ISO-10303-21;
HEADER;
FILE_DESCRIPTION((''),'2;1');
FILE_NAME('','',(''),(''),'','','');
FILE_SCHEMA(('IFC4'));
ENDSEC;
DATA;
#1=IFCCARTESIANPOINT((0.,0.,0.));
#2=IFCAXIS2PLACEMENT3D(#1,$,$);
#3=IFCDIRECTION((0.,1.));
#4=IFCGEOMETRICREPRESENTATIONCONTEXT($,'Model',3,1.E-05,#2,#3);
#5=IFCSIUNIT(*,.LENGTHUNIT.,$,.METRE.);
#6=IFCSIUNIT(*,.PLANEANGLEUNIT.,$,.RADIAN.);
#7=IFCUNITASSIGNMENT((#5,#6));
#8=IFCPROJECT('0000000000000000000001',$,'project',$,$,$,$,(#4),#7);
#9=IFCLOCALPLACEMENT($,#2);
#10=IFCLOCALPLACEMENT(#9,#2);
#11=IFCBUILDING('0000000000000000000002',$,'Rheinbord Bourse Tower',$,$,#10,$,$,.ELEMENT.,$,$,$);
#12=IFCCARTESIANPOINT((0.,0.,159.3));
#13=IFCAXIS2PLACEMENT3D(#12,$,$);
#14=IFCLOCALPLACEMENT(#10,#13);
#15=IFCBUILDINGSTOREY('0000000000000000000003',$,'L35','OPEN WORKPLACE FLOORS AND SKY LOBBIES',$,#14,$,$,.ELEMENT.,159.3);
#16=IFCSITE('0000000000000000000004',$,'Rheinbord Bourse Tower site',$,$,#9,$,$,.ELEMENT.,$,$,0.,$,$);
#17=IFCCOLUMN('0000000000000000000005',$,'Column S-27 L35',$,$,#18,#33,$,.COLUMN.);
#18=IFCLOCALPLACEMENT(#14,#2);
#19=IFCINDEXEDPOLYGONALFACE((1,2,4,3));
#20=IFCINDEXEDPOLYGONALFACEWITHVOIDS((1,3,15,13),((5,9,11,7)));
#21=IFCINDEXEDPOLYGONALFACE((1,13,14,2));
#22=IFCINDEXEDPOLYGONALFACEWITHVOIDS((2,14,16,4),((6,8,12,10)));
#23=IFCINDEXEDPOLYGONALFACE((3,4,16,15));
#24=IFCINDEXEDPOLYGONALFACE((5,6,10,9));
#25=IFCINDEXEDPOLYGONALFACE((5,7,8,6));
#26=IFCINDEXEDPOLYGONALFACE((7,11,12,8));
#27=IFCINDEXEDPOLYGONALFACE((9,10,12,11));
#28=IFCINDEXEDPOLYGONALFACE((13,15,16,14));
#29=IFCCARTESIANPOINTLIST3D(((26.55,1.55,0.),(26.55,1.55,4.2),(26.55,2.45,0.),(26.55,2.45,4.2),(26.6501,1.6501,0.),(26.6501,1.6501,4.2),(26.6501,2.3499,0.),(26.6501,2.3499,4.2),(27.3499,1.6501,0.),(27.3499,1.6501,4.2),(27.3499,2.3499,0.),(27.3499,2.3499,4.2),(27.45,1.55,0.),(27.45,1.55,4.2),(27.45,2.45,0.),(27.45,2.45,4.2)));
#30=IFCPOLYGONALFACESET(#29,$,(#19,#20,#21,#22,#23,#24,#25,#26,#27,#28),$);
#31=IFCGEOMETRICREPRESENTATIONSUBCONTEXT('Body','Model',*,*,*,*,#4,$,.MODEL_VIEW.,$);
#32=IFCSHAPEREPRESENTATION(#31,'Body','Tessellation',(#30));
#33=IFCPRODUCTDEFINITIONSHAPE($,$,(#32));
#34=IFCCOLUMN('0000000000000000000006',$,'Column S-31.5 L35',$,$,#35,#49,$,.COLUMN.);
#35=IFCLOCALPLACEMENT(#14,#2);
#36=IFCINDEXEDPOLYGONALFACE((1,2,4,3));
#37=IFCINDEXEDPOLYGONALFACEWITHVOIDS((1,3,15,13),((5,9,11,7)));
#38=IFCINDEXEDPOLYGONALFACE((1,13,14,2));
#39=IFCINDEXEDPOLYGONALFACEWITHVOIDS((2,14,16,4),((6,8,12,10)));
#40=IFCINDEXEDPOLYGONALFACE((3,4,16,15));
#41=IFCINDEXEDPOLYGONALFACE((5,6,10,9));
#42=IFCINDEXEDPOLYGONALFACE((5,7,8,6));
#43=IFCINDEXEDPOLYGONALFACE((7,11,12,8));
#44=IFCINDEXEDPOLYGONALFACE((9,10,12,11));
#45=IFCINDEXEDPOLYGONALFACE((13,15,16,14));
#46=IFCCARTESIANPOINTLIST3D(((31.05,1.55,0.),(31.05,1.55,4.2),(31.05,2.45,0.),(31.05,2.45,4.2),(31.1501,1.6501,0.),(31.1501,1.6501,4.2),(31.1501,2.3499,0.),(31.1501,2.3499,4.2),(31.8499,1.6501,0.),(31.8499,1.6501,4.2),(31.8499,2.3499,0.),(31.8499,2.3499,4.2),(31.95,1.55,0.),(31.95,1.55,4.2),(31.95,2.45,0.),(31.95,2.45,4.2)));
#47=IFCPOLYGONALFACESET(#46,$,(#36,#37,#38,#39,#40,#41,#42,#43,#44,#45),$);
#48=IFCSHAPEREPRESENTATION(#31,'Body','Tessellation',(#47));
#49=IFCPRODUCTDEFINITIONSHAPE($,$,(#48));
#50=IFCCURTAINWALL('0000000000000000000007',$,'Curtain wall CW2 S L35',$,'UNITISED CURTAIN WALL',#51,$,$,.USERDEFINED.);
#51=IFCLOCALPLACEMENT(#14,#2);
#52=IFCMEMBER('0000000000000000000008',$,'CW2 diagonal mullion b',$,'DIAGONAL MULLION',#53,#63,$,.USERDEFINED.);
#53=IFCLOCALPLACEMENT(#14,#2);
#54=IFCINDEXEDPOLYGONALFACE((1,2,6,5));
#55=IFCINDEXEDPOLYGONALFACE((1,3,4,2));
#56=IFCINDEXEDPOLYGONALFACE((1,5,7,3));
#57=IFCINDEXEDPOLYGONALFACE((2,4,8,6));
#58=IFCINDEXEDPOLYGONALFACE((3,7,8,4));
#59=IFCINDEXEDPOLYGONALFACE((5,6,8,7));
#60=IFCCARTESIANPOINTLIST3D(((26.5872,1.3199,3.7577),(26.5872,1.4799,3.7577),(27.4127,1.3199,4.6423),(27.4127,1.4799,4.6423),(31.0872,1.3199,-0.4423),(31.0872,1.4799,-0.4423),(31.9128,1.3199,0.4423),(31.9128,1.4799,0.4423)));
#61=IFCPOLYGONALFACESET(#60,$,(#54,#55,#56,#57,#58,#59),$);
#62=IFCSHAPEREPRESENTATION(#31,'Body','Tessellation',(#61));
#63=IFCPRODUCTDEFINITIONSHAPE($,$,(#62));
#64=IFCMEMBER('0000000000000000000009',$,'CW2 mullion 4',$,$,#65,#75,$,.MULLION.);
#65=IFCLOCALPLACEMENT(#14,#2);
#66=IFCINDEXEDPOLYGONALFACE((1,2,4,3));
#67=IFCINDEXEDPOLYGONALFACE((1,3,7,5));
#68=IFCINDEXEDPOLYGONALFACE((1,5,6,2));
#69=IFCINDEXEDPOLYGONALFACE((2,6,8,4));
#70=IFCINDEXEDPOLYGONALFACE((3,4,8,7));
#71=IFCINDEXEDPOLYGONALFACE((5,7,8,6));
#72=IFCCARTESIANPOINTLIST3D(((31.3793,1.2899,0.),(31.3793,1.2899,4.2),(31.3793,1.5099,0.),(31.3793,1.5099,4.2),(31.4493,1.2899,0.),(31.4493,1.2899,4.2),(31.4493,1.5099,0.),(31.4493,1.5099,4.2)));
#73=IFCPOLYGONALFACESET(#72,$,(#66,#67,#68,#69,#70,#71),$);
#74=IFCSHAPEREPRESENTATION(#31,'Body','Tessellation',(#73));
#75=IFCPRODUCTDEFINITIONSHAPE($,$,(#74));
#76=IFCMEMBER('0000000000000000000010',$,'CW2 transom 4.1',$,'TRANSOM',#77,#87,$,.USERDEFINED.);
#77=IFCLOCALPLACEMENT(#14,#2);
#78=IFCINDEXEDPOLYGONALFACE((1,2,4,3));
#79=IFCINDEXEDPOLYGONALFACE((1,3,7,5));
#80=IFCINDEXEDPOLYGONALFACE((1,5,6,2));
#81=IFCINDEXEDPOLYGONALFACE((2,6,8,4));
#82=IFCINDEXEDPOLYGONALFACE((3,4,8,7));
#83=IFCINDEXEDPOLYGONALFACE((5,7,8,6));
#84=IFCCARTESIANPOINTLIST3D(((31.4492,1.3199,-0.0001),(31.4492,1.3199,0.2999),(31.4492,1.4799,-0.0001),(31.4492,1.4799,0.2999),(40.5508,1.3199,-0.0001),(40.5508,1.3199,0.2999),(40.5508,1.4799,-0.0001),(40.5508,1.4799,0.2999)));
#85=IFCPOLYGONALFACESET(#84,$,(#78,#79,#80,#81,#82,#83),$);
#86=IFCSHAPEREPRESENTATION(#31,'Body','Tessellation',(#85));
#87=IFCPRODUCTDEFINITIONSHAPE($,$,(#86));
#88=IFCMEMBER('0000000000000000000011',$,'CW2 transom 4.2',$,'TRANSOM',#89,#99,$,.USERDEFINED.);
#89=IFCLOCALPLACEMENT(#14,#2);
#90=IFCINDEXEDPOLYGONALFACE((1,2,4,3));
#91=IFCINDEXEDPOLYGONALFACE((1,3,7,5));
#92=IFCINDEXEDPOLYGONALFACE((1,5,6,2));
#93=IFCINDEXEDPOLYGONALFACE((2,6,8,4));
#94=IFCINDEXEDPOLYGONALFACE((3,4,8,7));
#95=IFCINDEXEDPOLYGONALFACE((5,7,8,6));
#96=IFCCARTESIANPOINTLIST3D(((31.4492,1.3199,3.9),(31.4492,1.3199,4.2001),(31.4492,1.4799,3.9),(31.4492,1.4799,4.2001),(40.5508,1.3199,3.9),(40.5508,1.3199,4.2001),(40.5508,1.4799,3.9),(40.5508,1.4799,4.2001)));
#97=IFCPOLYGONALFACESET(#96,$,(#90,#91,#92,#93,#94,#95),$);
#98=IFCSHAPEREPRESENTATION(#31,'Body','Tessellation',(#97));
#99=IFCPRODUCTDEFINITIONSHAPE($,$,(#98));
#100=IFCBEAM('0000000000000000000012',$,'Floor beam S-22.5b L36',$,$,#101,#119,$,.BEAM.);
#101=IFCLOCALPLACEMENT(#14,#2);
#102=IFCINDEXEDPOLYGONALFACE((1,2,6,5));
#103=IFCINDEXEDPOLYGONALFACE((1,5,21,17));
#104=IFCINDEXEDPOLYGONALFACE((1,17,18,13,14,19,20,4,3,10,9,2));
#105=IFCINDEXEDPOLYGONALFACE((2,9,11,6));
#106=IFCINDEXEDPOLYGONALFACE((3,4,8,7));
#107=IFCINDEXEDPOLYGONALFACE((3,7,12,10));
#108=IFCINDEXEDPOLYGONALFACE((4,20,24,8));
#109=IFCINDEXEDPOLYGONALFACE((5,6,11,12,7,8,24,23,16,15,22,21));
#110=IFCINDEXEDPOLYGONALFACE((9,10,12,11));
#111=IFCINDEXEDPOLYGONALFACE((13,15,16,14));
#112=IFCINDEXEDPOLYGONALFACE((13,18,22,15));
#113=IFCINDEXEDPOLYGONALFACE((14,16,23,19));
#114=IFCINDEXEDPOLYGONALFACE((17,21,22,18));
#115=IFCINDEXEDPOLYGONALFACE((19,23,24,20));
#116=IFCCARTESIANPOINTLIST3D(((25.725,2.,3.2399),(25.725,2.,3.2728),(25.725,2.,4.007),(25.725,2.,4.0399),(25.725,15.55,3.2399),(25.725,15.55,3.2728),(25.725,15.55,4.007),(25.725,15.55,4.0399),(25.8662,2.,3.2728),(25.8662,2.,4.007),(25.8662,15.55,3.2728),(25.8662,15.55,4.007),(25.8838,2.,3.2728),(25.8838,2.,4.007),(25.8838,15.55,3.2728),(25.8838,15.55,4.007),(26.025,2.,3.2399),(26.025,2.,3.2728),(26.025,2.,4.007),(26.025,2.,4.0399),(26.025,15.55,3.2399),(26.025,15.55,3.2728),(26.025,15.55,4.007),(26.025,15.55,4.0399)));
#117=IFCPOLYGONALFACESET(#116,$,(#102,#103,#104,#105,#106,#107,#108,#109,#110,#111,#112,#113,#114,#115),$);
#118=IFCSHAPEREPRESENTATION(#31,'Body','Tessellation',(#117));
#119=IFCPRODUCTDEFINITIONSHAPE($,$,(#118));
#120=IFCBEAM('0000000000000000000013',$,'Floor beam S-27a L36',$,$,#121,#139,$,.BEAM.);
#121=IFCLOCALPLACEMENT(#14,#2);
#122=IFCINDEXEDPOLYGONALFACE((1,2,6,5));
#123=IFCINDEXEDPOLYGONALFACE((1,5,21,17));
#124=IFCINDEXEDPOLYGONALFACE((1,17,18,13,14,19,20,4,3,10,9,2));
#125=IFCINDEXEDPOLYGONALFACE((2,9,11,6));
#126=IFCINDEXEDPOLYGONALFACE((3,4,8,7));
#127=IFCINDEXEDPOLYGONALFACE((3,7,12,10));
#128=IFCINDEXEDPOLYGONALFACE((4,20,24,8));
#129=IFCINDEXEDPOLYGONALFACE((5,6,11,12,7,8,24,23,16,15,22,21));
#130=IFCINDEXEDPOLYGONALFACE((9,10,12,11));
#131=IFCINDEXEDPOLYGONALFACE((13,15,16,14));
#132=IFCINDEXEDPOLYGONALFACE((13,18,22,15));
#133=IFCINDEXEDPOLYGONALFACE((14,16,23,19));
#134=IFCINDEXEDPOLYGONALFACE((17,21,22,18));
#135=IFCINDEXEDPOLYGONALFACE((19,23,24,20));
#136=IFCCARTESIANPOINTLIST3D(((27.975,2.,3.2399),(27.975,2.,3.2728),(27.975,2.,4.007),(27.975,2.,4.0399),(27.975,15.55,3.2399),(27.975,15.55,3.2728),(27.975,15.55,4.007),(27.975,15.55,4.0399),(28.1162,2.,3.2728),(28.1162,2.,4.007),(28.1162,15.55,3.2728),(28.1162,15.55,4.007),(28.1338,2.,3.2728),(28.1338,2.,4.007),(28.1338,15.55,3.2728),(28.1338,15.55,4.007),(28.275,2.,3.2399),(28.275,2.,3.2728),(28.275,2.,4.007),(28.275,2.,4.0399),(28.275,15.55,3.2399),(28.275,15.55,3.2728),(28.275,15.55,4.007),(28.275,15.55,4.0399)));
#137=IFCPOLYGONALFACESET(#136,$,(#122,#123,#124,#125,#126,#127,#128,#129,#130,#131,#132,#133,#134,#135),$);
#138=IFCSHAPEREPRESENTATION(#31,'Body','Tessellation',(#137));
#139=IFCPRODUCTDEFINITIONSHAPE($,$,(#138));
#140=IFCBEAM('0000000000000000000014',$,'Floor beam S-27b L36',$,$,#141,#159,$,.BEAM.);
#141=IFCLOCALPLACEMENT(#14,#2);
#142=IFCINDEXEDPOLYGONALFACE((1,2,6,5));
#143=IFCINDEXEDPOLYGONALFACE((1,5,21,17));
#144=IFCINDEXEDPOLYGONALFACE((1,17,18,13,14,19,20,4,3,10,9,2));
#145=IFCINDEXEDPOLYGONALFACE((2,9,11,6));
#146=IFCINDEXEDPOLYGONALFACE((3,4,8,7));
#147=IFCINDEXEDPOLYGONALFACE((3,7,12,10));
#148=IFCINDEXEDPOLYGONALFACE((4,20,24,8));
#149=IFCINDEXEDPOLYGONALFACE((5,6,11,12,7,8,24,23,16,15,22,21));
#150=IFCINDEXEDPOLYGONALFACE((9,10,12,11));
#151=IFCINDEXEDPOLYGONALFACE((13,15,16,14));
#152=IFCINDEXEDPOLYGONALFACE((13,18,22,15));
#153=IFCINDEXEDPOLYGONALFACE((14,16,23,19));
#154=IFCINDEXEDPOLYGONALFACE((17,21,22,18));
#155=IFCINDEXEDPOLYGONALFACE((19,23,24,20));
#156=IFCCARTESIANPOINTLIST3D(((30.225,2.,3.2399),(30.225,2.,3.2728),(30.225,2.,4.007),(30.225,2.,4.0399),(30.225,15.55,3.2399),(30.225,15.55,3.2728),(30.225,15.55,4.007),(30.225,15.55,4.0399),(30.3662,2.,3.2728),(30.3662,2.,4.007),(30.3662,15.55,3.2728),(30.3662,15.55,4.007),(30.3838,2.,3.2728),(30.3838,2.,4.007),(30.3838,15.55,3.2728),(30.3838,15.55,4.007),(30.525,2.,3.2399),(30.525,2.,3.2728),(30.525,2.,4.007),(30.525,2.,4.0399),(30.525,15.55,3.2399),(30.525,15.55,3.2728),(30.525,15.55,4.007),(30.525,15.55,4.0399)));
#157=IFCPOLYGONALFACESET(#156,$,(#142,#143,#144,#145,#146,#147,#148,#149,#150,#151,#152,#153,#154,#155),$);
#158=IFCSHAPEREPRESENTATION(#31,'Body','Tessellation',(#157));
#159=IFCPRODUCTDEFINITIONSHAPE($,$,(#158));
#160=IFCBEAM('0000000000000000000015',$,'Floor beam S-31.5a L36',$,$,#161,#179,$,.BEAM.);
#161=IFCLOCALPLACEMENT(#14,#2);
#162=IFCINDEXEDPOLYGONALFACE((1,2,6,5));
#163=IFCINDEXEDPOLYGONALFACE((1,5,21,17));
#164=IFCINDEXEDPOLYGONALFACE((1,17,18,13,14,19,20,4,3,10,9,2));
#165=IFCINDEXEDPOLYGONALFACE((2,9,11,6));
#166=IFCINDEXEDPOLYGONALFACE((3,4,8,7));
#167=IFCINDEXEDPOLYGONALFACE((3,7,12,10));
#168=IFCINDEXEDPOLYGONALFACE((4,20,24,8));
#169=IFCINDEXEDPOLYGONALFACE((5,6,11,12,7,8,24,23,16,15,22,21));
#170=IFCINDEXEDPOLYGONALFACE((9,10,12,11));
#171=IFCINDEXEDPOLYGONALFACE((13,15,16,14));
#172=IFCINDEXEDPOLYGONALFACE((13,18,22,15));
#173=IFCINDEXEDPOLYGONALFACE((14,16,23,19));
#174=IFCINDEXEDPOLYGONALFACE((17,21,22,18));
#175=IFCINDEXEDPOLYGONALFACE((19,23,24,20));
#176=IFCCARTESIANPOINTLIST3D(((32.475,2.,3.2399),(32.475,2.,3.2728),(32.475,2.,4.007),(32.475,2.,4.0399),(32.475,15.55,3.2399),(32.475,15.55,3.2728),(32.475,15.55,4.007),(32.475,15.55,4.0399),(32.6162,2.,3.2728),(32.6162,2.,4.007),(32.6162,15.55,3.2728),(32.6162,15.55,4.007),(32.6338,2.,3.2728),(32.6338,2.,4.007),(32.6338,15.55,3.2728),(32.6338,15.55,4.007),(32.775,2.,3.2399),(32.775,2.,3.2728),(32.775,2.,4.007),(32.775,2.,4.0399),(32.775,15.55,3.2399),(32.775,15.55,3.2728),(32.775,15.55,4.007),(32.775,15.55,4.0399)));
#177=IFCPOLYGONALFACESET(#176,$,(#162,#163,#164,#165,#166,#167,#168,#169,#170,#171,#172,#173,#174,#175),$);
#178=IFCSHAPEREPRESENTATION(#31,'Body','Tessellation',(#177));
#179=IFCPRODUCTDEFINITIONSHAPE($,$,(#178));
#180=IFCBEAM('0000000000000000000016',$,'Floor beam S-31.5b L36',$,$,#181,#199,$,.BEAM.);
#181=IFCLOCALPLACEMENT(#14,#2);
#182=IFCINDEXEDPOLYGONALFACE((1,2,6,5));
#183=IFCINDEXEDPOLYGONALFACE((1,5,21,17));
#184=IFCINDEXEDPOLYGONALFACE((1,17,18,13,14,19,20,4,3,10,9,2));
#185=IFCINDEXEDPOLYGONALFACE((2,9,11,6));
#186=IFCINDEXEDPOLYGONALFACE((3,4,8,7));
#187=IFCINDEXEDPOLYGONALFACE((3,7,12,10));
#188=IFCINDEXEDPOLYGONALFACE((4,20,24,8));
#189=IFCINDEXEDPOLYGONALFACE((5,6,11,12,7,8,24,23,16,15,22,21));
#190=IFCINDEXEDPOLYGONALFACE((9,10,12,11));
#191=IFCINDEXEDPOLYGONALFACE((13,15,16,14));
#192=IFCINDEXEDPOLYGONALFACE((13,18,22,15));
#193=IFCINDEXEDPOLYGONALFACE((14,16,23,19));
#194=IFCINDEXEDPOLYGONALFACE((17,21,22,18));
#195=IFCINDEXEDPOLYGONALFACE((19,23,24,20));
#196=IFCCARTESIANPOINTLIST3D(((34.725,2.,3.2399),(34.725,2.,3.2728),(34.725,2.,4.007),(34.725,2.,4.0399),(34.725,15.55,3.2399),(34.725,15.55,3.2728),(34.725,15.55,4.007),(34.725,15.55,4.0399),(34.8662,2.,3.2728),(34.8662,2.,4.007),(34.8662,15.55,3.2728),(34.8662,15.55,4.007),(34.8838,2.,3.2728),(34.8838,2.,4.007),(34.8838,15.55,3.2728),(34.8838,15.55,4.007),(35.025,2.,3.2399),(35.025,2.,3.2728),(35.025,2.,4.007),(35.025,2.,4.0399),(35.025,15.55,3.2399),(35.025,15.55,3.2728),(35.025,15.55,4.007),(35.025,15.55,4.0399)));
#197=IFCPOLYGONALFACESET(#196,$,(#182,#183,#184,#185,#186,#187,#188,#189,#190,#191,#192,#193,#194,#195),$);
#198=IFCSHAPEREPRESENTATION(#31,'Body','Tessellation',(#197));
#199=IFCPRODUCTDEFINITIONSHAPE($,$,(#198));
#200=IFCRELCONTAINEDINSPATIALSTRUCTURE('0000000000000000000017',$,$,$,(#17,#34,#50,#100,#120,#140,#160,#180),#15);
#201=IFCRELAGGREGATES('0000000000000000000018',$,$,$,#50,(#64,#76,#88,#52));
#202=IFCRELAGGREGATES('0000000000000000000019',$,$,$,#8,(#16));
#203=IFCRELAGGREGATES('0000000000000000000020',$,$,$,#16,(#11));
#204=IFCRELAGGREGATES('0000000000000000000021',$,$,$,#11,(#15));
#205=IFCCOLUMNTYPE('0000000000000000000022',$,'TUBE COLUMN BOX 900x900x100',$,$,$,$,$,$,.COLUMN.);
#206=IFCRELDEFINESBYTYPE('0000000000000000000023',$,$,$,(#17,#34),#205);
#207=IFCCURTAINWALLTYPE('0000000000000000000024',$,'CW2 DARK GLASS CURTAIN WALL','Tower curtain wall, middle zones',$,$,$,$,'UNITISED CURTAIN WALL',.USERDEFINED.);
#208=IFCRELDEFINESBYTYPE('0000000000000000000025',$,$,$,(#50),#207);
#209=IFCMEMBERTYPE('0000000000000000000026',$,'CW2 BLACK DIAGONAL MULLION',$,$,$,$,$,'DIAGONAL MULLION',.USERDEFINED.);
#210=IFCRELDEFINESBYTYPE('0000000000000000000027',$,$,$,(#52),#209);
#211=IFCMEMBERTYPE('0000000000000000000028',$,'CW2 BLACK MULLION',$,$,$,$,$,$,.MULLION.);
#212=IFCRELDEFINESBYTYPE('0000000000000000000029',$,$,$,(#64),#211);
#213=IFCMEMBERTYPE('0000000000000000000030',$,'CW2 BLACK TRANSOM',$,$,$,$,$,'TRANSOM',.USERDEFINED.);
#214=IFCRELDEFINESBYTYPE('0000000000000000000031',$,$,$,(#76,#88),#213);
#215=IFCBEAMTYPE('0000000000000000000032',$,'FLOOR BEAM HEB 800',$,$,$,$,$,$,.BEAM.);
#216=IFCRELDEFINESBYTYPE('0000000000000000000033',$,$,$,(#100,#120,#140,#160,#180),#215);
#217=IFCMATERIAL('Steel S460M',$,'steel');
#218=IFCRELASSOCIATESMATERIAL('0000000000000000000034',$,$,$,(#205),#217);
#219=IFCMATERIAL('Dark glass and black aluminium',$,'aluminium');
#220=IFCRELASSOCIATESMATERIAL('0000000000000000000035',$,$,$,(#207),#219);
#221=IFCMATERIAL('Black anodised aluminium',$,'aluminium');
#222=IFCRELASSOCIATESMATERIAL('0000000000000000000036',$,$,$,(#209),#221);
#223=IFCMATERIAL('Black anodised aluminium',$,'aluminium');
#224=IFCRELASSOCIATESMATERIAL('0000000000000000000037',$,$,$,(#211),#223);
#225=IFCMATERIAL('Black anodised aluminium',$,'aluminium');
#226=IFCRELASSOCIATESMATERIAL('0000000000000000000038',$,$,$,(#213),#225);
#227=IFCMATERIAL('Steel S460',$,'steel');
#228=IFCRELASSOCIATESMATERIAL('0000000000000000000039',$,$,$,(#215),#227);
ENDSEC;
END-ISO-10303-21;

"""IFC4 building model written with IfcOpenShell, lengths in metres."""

from ifc_helpers import new_model, si_unit, direction, frame, origin, origin_2d, place, context, subcontext, project, spatial, rectangle, hollow_rectangle, i_section, extrude, material, material_profile, profile_set, type_object, element, aggregate, save


model = new_model("IFC4")

# Units and contexts
model_context = context("Model", 3, precision=1e-05, world=origin(), true_north=direction((0.0, 1.0)))
body_context = subcontext(model_context, "Body", "Model", "MODEL_VIEW")
ifc_project = project(units=[si_unit("LENGTHUNIT", "METRE"), si_unit("PLANEANGLEUNIT", "RADIAN")], contexts=[model_context])

# Site, building, storey
site_placement = place(None, origin())
site = spatial("IfcSite", under=ifc_project, at=site_placement, Name="Rheinbord Bourse Tower site", CompositionType="ELEMENT", RefElevation=0.0)
building_placement = place(site_placement, origin())
building = spatial("IfcBuilding", under=site, at=building_placement, Name="Rheinbord Bourse Tower", CompositionType="ELEMENT")
storey_placement = place(building_placement, frame((0.0, 0.0, 159.3)))
storey = spatial("IfcBuildingStorey", under=building, at=storey_placement, Name="L35", Description="OPEN WORKPLACE FLOORS AND SKY LOBBIES", CompositionType="ELEMENT", Elevation=159.3)

# Columns
ifc_material_1 = material(Name="Steel S460M", Category="steel")
ifc_material_profile_1 = material_profile(ifc_material_1, hollow_rectangle(XDim=0.8999, YDim=0.8999, WallThickness=0.1001, at=origin_2d()), Name="BOX 900x900x100")
ifc_profile_set_1 = profile_set([ifc_material_profile_1], Name="Steel S460M")
column_type = type_object("IfcColumnType", Name="TUBE COLUMN BOX 900x900x100", PredefinedType="COLUMN", material=ifc_profile_set_1)
for number, where, z_axis, x_axis, name in (
    (1, (27.0, 2.0, 0.0), (0.0, 0.0, 1.0), (0.0, 1.0, 0.0), "Column S-27 L35"),
    (2, (31.5, 2.0, 0.0), (0.0, 0.0, 1.0), (0.0, 1.0, 0.0), "Column S-31.5 L35"),
):
    element("IfcColumn", number, at=place(storey_placement, frame(where, z_axis=z_axis, x_axis=x_axis)), inside=storey, type_object=column_type, Name=name, PredefinedType="COLUMN", context=body_context, shape_type="SweptSolid", body=[
        extrude(hollow_rectangle(XDim=0.8999, YDim=0.8999, WallThickness=0.1001, at=origin_2d()), origin(), (0.0, 0.0, 1.0), 4.2),
    ])

# Curtain wall, members
ifc_material_2 = material(Name="Dark glass and black aluminium", Category="aluminium")
curtain_wall_type = type_object("IfcCurtainWallType", Name="CW2 DARK GLASS CURTAIN WALL", Description="Tower curtain wall, middle zones", ElementType="UNITISED CURTAIN WALL", PredefinedType="USERDEFINED", material=ifc_material_2)
curtain_wall_placement = place(storey_placement, origin())
curtain_wall = element("IfcCurtainWall", 3, at=curtain_wall_placement, inside=storey, type_object=curtain_wall_type, Name="Curtain wall CW2 S L35", ObjectType="UNITISED CURTAIN WALL", PredefinedType="USERDEFINED")
ifc_material_3 = material(Name="Black anodised aluminium", Category="aluminium")
ifc_material_profile_2 = material_profile(ifc_material_3, rectangle(XDim=0.1599, YDim=1.21, at=origin_2d()), Name="CW2 DIAGONAL MULLION 1210x160")
ifc_profile_set_2 = profile_set([ifc_material_profile_2], Name="Black anodised aluminium")
member_type_1 = type_object("IfcMemberType", Name="CW2 BLACK DIAGONAL MULLION", ElementType="DIAGONAL MULLION", PredefinedType="USERDEFINED", material=ifc_profile_set_2)
member_1_placement = place(storey_placement, frame((31.5, 1.3999, 0.0), z_axis=(-0.731059, 0.0, 0.682314), x_axis=(0.0, -1.0, 0.0)))
member_1 = element("IfcMember", 4, at=member_1_placement, type_object=member_type_1, Name="CW2 diagonal mullion b", ObjectType="DIAGONAL MULLION", PredefinedType="USERDEFINED", context=body_context, shape_type="SweptSolid", body=[
    extrude(rectangle(XDim=0.1599, YDim=1.21, at=origin_2d()), origin(), (0.0, 0.0, 1.0), 6.1555),
])
ifc_material_4 = material(Name="Black anodised aluminium", Category="aluminium")
ifc_material_profile_3 = material_profile(ifc_material_4, rectangle(XDim=0.22, YDim=0.0701, at=origin_2d()), Name="CW2 MULLION 70x220")
ifc_profile_set_3 = profile_set([ifc_material_profile_3], Name="Black anodised aluminium")
member_type_2 = type_object("IfcMemberType", Name="CW2 BLACK MULLION", PredefinedType="MULLION", material=ifc_profile_set_3)
member_2_placement = place(storey_placement, frame((31.4143, 1.3999, 0.0), z_axis=(0.0, 0.0, 1.0), x_axis=(0.0, 1.0, 0.0)))
member_2 = element("IfcMember", 5, at=member_2_placement, type_object=member_type_2, Name="CW2 mullion 4", PredefinedType="MULLION", context=body_context, shape_type="SweptSolid", body=[
    extrude(rectangle(XDim=0.22, YDim=0.0701, at=origin_2d()), origin(), (0.0, 0.0, 1.0), 4.2),
])
ifc_material_5 = material(Name="Black anodised aluminium", Category="aluminium")
ifc_material_profile_4 = material_profile(ifc_material_5, rectangle(XDim=0.1599, YDim=0.3, at=origin_2d()), Name="CW2 TRANSOM 300x160")
ifc_profile_set_4 = profile_set([ifc_material_profile_4], Name="Black anodised aluminium")
member_type_3 = type_object("IfcMemberType", Name="CW2 BLACK TRANSOM", ElementType="TRANSOM", PredefinedType="USERDEFINED", material=ifc_profile_set_4)
member_3_placement = place(storey_placement, frame((31.4492, 1.3999, 0.1499), z_axis=(1.0, 0.0, 0.0), x_axis=(0.0, 1.0, 0.0)))
member_3 = element("IfcMember", 6, at=member_3_placement, type_object=member_type_3, Name="CW2 transom 4.1", ObjectType="TRANSOM", PredefinedType="USERDEFINED", context=body_context, shape_type="SweptSolid", body=[
    extrude(rectangle(XDim=0.1599, YDim=0.3, at=origin_2d()), origin(), (0.0, 0.0, 1.0), 9.1016),
])
member_4_placement = place(storey_placement, frame((31.4492, 1.3999, 4.05), z_axis=(1.0, 0.0, 0.0), x_axis=(0.0, 1.0, 0.0)))
member_4 = element("IfcMember", 7, at=member_4_placement, type_object=member_type_3, Name="CW2 transom 4.2", ObjectType="TRANSOM", PredefinedType="USERDEFINED", context=body_context, shape_type="SweptSolid", body=[
    extrude(rectangle(XDim=0.1599, YDim=0.3, at=origin_2d()), origin(), (0.0, 0.0, 1.0), 9.1016),
])

# Beams
ifc_material_6 = material(Name="Steel S460", Category="steel")
ifc_material_profile_5 = material_profile(ifc_material_6, i_section(OverallWidth=0.3, OverallDepth=0.8, WebThickness=0.0176, FlangeThickness=0.033, at=origin_2d()), Name="HEB 800")
ifc_profile_set_5 = profile_set([ifc_material_profile_5], Name="Steel S460")
beam_type_1 = type_object("IfcBeamType", Name="FLOOR BEAM HEB 800", PredefinedType="BEAM", material=ifc_profile_set_5)
for number, where, z_axis, x_axis, name in (
    (8, (25.875, 2.0, 3.6399), (0.0, 1.0, 0.0), (-1.0, 0.0, 0.0), "Floor beam S-22.5b L36"),
    (9, (28.125, 2.0, 3.6399), (0.0, 1.0, 0.0), (-1.0, 0.0, 0.0), "Floor beam S-27a L36"),
    (10, (30.375, 2.0, 3.6399), (0.0, 1.0, 0.0), (-1.0, 0.0, 0.0), "Floor beam S-27b L36"),
    (11, (32.625, 2.0, 3.6399), (0.0, 1.0, 0.0), (-1.0, 0.0, 0.0), "Floor beam S-31.5a L36"),
    (12, (34.875, 2.0, 3.6399), (0.0, 1.0, 0.0), (-1.0, 0.0, 0.0), "Floor beam S-31.5b L36"),
):
    element("IfcBeam", number, at=place(storey_placement, frame(where, z_axis=z_axis, x_axis=x_axis)), inside=storey, type_object=beam_type_1, Name=name, PredefinedType="BEAM", context=body_context, shape_type="SweptSolid", body=[
        extrude(i_section(OverallWidth=0.3, OverallDepth=0.8, WebThickness=0.0176, FlangeThickness=0.033, at=origin_2d()), origin(), (0.0, 0.0, 1.0), 13.55),
    ])

aggregate(curtain_wall, [member_2, member_3, member_4, member_1])

save(model, "model.ifc")
